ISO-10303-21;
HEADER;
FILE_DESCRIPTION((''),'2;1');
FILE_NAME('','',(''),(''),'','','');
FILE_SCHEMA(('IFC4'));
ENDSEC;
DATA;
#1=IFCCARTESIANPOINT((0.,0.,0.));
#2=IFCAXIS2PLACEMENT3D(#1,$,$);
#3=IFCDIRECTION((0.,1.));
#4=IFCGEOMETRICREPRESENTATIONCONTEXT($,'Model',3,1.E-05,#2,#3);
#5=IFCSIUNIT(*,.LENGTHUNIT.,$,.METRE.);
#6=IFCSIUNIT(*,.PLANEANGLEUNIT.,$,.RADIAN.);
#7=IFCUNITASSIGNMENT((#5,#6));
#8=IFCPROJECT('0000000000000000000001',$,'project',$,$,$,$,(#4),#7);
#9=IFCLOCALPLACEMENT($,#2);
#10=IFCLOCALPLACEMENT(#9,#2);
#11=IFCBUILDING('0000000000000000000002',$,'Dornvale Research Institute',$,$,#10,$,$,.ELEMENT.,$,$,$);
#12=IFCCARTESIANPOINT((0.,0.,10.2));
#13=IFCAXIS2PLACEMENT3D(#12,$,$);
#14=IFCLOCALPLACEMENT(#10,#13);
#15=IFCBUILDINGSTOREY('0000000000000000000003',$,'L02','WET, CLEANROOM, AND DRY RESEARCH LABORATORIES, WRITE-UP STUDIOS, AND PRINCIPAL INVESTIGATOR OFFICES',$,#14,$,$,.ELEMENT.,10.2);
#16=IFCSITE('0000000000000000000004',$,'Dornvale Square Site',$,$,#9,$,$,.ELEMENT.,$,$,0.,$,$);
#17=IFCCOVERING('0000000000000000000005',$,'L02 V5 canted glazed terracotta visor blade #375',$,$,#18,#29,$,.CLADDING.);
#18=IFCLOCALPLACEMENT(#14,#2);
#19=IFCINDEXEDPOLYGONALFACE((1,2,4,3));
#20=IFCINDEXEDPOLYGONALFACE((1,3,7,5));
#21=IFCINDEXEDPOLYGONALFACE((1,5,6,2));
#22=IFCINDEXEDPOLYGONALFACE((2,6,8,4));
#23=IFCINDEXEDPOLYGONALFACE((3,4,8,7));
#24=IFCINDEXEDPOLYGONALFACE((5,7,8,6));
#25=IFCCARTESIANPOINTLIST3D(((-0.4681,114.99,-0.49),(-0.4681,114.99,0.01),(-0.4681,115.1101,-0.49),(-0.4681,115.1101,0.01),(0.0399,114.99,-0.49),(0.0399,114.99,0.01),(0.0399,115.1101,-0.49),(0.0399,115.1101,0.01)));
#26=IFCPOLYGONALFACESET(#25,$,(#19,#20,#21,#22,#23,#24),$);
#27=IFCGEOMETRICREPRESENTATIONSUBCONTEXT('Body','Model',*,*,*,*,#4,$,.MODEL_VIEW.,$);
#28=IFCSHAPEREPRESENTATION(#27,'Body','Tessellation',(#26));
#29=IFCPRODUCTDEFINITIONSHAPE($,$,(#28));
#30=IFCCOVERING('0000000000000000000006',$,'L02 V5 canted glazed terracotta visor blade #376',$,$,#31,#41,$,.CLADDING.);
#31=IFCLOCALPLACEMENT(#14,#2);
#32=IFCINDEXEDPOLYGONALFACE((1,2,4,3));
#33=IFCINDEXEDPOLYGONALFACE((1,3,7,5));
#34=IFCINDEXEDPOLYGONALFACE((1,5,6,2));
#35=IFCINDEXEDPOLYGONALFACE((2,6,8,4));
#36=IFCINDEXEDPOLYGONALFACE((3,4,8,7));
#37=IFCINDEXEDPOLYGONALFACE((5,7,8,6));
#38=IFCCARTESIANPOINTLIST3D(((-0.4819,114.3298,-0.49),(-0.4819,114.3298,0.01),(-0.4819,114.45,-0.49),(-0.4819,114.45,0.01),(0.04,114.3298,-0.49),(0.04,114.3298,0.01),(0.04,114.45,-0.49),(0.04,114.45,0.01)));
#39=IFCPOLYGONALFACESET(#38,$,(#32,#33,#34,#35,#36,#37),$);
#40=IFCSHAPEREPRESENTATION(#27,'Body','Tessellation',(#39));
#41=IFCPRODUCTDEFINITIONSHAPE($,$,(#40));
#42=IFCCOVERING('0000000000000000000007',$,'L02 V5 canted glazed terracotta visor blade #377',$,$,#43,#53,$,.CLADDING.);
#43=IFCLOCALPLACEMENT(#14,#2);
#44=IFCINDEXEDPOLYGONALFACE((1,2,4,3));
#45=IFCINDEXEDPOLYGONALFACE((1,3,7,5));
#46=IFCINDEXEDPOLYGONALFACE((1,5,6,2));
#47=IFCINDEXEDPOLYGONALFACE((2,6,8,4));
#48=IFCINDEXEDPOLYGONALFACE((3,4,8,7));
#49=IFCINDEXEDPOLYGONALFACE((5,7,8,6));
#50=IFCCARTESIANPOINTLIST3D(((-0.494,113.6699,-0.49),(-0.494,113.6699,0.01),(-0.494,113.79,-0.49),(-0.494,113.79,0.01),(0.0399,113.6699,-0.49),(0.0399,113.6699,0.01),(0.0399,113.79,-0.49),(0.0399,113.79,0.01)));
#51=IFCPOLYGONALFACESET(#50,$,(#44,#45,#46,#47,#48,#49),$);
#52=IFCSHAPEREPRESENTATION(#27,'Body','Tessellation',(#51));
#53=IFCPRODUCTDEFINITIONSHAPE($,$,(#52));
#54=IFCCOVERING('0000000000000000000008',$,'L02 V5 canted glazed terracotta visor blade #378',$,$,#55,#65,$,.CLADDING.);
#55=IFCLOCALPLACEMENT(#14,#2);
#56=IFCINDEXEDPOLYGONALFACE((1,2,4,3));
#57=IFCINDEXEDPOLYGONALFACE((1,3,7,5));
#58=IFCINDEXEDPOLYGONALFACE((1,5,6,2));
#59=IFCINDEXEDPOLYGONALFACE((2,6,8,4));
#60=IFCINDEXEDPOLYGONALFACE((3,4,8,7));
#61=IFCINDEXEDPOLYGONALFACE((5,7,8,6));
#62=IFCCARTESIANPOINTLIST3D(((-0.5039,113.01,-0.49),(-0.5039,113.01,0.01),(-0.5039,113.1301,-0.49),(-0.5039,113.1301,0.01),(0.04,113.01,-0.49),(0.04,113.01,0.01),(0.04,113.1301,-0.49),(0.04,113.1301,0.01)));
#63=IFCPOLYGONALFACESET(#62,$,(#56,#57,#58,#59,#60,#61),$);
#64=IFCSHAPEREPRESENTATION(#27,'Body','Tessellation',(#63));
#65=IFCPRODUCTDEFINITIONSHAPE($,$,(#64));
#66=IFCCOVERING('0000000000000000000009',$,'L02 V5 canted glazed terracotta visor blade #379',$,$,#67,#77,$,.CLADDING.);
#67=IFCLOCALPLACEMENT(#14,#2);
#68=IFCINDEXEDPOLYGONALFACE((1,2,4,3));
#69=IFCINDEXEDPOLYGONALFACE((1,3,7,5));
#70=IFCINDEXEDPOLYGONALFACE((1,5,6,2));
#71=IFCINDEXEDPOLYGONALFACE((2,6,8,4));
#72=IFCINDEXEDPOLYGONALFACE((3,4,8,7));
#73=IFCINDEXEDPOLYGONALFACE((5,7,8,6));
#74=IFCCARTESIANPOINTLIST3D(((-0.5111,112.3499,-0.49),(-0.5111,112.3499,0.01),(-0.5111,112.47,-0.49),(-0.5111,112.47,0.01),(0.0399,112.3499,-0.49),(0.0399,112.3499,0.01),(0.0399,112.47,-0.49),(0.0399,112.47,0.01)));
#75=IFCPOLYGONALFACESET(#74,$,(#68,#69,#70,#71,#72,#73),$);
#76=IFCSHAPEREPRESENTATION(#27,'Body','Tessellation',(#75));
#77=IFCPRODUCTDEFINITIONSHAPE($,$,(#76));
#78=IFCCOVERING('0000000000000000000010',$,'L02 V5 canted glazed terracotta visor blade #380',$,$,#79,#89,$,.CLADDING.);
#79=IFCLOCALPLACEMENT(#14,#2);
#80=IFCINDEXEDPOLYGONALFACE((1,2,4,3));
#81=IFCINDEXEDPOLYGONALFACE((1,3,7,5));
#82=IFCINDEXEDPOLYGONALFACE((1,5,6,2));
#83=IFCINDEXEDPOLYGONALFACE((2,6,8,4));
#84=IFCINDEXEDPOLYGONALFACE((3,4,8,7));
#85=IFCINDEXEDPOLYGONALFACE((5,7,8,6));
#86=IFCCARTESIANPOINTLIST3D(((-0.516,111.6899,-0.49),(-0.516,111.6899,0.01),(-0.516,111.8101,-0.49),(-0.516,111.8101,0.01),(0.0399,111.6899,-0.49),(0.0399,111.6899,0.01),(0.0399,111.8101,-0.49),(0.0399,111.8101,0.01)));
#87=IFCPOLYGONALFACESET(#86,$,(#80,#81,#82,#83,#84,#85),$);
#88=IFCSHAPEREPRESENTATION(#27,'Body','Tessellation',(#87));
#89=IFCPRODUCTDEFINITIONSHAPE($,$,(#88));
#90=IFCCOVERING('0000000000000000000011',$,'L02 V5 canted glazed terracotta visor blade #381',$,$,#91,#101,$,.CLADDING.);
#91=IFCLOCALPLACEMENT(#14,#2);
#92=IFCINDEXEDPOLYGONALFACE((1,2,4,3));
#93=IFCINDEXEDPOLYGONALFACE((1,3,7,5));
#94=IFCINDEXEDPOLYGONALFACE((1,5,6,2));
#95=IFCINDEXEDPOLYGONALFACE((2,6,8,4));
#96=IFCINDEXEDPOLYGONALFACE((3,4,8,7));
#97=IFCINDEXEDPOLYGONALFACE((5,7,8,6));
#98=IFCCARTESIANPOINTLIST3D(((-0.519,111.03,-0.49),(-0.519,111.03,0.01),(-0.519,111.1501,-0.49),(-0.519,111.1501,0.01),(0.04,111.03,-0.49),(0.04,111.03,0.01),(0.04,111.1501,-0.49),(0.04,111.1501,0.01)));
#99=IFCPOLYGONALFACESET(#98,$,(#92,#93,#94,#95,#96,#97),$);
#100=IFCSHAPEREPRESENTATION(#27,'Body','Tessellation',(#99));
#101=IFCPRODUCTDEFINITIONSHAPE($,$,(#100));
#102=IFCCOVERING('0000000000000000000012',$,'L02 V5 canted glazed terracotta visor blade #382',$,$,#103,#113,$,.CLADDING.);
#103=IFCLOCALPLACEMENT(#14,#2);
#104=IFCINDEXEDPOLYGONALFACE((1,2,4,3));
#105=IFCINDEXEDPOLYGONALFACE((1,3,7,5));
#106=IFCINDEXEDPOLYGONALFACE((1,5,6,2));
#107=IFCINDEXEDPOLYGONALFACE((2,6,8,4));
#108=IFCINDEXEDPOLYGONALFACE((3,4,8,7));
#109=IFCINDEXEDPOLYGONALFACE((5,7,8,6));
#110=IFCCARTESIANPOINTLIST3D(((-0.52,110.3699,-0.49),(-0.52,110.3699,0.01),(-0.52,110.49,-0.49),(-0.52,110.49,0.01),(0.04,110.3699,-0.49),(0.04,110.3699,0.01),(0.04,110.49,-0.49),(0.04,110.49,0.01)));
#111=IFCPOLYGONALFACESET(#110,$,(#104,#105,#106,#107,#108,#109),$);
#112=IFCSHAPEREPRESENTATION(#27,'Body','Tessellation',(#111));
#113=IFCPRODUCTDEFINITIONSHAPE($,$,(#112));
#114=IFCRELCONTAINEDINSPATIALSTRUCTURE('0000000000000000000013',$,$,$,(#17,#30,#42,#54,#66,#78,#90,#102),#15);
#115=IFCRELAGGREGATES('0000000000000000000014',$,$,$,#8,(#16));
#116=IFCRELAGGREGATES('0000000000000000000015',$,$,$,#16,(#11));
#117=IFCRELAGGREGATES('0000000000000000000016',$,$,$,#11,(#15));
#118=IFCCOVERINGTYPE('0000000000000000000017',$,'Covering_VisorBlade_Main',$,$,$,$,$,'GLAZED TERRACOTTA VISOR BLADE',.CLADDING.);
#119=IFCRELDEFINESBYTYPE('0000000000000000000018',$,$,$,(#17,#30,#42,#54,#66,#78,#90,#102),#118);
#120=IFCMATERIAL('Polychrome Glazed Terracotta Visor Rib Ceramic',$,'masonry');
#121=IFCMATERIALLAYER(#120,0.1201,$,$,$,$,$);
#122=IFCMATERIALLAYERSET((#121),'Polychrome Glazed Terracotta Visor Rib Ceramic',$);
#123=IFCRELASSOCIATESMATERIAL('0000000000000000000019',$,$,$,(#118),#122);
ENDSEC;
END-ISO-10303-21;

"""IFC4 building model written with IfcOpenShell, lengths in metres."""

from ifc_helpers import new_model, si_unit, direction, frame, origin, origin_2d, place, context, subcontext, project, spatial, rectangle, extrude, material, layer, layer_set, type_object, element, save


model = new_model("IFC4")

# Units and contexts
model_context = context("Model", 3, precision=1e-05, world=origin(), true_north=direction((0.0, 1.0)))
body_context = subcontext(model_context, "Body", "Model", "MODEL_VIEW")
ifc_project = project(units=[si_unit("LENGTHUNIT", "METRE"), si_unit("PLANEANGLEUNIT", "RADIAN")], contexts=[model_context])

# Site, building, storey
site_placement = place(None, origin())
site = spatial("IfcSite", under=ifc_project, at=site_placement, Name="Dornvale Square Site", CompositionType="ELEMENT", RefElevation=0.0)
building_placement = place(site_placement, origin())
building = spatial("IfcBuilding", under=site, at=building_placement, Name="Dornvale Research Institute", CompositionType="ELEMENT")
storey_placement = place(building_placement, frame((0.0, 0.0, 10.2)))
storey = spatial("IfcBuildingStorey", under=building, at=storey_placement, Name="L02", Description="WET, CLEANROOM, AND DRY RESEARCH LABORATORIES, WRITE-UP STUDIOS, AND PRINCIPAL INVESTIGATOR OFFICES", CompositionType="ELEMENT", Elevation=10.2)

# Coverings
ifc_material_1 = material(Name="Polychrome Glazed Terracotta Visor Rib Ceramic", Category="masonry")
ifc_layer_1 = layer(ifc_material_1, 0.1201)
ifc_layer_set_1 = layer_set([ifc_layer_1], Name="Polychrome Glazed Terracotta Visor Rib Ceramic")
covering_type = type_object("IfcCoveringType", Name="Covering_VisorBlade_Main", ElementType="GLAZED TERRACOTTA VISOR BLADE", PredefinedType="CLADDING", material=ifc_layer_set_1)
covering_1_placement = place(storey_placement, frame((-0.2141, 115.05, -0.49), z_axis=(0.0, 0.0, 1.0), x_axis=(1.0, 0.0, 0.0)))
element("IfcCovering", 1, at=covering_1_placement, inside=storey, type_object=covering_type, Name="L02 V5 canted glazed terracotta visor blade #375", PredefinedType="CLADDING", context=body_context, shape_type="SweptSolid", body=[
    extrude(rectangle(XDim=0.5081, YDim=0.1201, at=origin_2d()), origin(), (0.0, 0.0, 1.0), 0.5),
])
covering_2_placement = place(storey_placement, frame((-0.2209, 114.3899, -0.49), z_axis=(0.0, 0.0, 1.0), x_axis=(1.0, 0.0, 0.0)))
element("IfcCovering", 2, at=covering_2_placement, inside=storey, type_object=covering_type, Name="L02 V5 canted glazed terracotta visor blade #376", PredefinedType="CLADDING", context=body_context, shape_type="SweptSolid", body=[
    extrude(rectangle(XDim=0.522, YDim=0.1201, at=origin_2d()), origin(), (0.0, 0.0, 1.0), 0.5),
])
covering_3_placement = place(storey_placement, frame((-0.2271, 113.73, -0.49), z_axis=(0.0, 0.0, 1.0), x_axis=(1.0, 0.0, 0.0)))
element("IfcCovering", 3, at=covering_3_placement, inside=storey, type_object=covering_type, Name="L02 V5 canted glazed terracotta visor blade #377", PredefinedType="CLADDING", context=body_context, shape_type="SweptSolid", body=[
    extrude(rectangle(XDim=0.5339, YDim=0.1201, at=origin_2d()), origin(), (0.0, 0.0, 1.0), 0.5),
])
covering_4_placement = place(storey_placement, frame((-0.2319, 113.0701, -0.49), z_axis=(0.0, 0.0, 1.0), x_axis=(1.0, 0.0, 0.0)))
element("IfcCovering", 4, at=covering_4_placement, inside=storey, type_object=covering_type, Name="L02 V5 canted glazed terracotta visor blade #378", PredefinedType="CLADDING", context=body_context, shape_type="SweptSolid", body=[
    extrude(rectangle(XDim=0.5439, YDim=0.1201, at=origin_2d()), origin(), (0.0, 0.0, 1.0), 0.5),
])
covering_5_placement = place(storey_placement, frame((-0.2356, 112.4099, -0.49), z_axis=(0.0, 0.0, 1.0), x_axis=(1.0, 0.0, 0.0)))
element("IfcCovering", 5, at=covering_5_placement, inside=storey, type_object=covering_type, Name="L02 V5 canted glazed terracotta visor blade #379", PredefinedType="CLADDING", context=body_context, shape_type="SweptSolid", body=[
    extrude(rectangle(XDim=0.551, YDim=0.1201, at=origin_2d()), origin(), (0.0, 0.0, 1.0), 0.5),
])
covering_6_placement = place(storey_placement, frame((-0.238, 111.75, -0.49), z_axis=(0.0, 0.0, 1.0), x_axis=(1.0, 0.0, 0.0)))
element("IfcCovering", 6, at=covering_6_placement, inside=storey, type_object=covering_type, Name="L02 V5 canted glazed terracotta visor blade #380", PredefinedType="CLADDING", context=body_context, shape_type="SweptSolid", body=[
    extrude(rectangle(XDim=0.5559, YDim=0.1201, at=origin_2d()), origin(), (0.0, 0.0, 1.0), 0.5),
])
covering_7_placement = place(storey_placement, frame((-0.2395, 111.0901, -0.49), z_axis=(0.0, 0.0, 1.0), x_axis=(1.0, 0.0, 0.0)))
element("IfcCovering", 7, at=covering_7_placement, inside=storey, type_object=covering_type, Name="L02 V5 canted glazed terracotta visor blade #381", PredefinedType="CLADDING", context=body_context, shape_type="SweptSolid", body=[
    extrude(rectangle(XDim=0.5591, YDim=0.1201, at=origin_2d()), origin(), (0.0, 0.0, 1.0), 0.5),
])
covering_8_placement = place(storey_placement, frame((-0.24, 110.4299, -0.49), z_axis=(0.0, 0.0, 1.0), x_axis=(1.0, 0.0, 0.0)))
element("IfcCovering", 8, at=covering_8_placement, inside=storey, type_object=covering_type, Name="L02 V5 canted glazed terracotta visor blade #382", PredefinedType="CLADDING", context=body_context, shape_type="SweptSolid", body=[
    extrude(rectangle(XDim=0.5601, YDim=0.1201, at=origin_2d()), origin(), (0.0, 0.0, 1.0), 0.5),
])

save(model, "model.ifc")
